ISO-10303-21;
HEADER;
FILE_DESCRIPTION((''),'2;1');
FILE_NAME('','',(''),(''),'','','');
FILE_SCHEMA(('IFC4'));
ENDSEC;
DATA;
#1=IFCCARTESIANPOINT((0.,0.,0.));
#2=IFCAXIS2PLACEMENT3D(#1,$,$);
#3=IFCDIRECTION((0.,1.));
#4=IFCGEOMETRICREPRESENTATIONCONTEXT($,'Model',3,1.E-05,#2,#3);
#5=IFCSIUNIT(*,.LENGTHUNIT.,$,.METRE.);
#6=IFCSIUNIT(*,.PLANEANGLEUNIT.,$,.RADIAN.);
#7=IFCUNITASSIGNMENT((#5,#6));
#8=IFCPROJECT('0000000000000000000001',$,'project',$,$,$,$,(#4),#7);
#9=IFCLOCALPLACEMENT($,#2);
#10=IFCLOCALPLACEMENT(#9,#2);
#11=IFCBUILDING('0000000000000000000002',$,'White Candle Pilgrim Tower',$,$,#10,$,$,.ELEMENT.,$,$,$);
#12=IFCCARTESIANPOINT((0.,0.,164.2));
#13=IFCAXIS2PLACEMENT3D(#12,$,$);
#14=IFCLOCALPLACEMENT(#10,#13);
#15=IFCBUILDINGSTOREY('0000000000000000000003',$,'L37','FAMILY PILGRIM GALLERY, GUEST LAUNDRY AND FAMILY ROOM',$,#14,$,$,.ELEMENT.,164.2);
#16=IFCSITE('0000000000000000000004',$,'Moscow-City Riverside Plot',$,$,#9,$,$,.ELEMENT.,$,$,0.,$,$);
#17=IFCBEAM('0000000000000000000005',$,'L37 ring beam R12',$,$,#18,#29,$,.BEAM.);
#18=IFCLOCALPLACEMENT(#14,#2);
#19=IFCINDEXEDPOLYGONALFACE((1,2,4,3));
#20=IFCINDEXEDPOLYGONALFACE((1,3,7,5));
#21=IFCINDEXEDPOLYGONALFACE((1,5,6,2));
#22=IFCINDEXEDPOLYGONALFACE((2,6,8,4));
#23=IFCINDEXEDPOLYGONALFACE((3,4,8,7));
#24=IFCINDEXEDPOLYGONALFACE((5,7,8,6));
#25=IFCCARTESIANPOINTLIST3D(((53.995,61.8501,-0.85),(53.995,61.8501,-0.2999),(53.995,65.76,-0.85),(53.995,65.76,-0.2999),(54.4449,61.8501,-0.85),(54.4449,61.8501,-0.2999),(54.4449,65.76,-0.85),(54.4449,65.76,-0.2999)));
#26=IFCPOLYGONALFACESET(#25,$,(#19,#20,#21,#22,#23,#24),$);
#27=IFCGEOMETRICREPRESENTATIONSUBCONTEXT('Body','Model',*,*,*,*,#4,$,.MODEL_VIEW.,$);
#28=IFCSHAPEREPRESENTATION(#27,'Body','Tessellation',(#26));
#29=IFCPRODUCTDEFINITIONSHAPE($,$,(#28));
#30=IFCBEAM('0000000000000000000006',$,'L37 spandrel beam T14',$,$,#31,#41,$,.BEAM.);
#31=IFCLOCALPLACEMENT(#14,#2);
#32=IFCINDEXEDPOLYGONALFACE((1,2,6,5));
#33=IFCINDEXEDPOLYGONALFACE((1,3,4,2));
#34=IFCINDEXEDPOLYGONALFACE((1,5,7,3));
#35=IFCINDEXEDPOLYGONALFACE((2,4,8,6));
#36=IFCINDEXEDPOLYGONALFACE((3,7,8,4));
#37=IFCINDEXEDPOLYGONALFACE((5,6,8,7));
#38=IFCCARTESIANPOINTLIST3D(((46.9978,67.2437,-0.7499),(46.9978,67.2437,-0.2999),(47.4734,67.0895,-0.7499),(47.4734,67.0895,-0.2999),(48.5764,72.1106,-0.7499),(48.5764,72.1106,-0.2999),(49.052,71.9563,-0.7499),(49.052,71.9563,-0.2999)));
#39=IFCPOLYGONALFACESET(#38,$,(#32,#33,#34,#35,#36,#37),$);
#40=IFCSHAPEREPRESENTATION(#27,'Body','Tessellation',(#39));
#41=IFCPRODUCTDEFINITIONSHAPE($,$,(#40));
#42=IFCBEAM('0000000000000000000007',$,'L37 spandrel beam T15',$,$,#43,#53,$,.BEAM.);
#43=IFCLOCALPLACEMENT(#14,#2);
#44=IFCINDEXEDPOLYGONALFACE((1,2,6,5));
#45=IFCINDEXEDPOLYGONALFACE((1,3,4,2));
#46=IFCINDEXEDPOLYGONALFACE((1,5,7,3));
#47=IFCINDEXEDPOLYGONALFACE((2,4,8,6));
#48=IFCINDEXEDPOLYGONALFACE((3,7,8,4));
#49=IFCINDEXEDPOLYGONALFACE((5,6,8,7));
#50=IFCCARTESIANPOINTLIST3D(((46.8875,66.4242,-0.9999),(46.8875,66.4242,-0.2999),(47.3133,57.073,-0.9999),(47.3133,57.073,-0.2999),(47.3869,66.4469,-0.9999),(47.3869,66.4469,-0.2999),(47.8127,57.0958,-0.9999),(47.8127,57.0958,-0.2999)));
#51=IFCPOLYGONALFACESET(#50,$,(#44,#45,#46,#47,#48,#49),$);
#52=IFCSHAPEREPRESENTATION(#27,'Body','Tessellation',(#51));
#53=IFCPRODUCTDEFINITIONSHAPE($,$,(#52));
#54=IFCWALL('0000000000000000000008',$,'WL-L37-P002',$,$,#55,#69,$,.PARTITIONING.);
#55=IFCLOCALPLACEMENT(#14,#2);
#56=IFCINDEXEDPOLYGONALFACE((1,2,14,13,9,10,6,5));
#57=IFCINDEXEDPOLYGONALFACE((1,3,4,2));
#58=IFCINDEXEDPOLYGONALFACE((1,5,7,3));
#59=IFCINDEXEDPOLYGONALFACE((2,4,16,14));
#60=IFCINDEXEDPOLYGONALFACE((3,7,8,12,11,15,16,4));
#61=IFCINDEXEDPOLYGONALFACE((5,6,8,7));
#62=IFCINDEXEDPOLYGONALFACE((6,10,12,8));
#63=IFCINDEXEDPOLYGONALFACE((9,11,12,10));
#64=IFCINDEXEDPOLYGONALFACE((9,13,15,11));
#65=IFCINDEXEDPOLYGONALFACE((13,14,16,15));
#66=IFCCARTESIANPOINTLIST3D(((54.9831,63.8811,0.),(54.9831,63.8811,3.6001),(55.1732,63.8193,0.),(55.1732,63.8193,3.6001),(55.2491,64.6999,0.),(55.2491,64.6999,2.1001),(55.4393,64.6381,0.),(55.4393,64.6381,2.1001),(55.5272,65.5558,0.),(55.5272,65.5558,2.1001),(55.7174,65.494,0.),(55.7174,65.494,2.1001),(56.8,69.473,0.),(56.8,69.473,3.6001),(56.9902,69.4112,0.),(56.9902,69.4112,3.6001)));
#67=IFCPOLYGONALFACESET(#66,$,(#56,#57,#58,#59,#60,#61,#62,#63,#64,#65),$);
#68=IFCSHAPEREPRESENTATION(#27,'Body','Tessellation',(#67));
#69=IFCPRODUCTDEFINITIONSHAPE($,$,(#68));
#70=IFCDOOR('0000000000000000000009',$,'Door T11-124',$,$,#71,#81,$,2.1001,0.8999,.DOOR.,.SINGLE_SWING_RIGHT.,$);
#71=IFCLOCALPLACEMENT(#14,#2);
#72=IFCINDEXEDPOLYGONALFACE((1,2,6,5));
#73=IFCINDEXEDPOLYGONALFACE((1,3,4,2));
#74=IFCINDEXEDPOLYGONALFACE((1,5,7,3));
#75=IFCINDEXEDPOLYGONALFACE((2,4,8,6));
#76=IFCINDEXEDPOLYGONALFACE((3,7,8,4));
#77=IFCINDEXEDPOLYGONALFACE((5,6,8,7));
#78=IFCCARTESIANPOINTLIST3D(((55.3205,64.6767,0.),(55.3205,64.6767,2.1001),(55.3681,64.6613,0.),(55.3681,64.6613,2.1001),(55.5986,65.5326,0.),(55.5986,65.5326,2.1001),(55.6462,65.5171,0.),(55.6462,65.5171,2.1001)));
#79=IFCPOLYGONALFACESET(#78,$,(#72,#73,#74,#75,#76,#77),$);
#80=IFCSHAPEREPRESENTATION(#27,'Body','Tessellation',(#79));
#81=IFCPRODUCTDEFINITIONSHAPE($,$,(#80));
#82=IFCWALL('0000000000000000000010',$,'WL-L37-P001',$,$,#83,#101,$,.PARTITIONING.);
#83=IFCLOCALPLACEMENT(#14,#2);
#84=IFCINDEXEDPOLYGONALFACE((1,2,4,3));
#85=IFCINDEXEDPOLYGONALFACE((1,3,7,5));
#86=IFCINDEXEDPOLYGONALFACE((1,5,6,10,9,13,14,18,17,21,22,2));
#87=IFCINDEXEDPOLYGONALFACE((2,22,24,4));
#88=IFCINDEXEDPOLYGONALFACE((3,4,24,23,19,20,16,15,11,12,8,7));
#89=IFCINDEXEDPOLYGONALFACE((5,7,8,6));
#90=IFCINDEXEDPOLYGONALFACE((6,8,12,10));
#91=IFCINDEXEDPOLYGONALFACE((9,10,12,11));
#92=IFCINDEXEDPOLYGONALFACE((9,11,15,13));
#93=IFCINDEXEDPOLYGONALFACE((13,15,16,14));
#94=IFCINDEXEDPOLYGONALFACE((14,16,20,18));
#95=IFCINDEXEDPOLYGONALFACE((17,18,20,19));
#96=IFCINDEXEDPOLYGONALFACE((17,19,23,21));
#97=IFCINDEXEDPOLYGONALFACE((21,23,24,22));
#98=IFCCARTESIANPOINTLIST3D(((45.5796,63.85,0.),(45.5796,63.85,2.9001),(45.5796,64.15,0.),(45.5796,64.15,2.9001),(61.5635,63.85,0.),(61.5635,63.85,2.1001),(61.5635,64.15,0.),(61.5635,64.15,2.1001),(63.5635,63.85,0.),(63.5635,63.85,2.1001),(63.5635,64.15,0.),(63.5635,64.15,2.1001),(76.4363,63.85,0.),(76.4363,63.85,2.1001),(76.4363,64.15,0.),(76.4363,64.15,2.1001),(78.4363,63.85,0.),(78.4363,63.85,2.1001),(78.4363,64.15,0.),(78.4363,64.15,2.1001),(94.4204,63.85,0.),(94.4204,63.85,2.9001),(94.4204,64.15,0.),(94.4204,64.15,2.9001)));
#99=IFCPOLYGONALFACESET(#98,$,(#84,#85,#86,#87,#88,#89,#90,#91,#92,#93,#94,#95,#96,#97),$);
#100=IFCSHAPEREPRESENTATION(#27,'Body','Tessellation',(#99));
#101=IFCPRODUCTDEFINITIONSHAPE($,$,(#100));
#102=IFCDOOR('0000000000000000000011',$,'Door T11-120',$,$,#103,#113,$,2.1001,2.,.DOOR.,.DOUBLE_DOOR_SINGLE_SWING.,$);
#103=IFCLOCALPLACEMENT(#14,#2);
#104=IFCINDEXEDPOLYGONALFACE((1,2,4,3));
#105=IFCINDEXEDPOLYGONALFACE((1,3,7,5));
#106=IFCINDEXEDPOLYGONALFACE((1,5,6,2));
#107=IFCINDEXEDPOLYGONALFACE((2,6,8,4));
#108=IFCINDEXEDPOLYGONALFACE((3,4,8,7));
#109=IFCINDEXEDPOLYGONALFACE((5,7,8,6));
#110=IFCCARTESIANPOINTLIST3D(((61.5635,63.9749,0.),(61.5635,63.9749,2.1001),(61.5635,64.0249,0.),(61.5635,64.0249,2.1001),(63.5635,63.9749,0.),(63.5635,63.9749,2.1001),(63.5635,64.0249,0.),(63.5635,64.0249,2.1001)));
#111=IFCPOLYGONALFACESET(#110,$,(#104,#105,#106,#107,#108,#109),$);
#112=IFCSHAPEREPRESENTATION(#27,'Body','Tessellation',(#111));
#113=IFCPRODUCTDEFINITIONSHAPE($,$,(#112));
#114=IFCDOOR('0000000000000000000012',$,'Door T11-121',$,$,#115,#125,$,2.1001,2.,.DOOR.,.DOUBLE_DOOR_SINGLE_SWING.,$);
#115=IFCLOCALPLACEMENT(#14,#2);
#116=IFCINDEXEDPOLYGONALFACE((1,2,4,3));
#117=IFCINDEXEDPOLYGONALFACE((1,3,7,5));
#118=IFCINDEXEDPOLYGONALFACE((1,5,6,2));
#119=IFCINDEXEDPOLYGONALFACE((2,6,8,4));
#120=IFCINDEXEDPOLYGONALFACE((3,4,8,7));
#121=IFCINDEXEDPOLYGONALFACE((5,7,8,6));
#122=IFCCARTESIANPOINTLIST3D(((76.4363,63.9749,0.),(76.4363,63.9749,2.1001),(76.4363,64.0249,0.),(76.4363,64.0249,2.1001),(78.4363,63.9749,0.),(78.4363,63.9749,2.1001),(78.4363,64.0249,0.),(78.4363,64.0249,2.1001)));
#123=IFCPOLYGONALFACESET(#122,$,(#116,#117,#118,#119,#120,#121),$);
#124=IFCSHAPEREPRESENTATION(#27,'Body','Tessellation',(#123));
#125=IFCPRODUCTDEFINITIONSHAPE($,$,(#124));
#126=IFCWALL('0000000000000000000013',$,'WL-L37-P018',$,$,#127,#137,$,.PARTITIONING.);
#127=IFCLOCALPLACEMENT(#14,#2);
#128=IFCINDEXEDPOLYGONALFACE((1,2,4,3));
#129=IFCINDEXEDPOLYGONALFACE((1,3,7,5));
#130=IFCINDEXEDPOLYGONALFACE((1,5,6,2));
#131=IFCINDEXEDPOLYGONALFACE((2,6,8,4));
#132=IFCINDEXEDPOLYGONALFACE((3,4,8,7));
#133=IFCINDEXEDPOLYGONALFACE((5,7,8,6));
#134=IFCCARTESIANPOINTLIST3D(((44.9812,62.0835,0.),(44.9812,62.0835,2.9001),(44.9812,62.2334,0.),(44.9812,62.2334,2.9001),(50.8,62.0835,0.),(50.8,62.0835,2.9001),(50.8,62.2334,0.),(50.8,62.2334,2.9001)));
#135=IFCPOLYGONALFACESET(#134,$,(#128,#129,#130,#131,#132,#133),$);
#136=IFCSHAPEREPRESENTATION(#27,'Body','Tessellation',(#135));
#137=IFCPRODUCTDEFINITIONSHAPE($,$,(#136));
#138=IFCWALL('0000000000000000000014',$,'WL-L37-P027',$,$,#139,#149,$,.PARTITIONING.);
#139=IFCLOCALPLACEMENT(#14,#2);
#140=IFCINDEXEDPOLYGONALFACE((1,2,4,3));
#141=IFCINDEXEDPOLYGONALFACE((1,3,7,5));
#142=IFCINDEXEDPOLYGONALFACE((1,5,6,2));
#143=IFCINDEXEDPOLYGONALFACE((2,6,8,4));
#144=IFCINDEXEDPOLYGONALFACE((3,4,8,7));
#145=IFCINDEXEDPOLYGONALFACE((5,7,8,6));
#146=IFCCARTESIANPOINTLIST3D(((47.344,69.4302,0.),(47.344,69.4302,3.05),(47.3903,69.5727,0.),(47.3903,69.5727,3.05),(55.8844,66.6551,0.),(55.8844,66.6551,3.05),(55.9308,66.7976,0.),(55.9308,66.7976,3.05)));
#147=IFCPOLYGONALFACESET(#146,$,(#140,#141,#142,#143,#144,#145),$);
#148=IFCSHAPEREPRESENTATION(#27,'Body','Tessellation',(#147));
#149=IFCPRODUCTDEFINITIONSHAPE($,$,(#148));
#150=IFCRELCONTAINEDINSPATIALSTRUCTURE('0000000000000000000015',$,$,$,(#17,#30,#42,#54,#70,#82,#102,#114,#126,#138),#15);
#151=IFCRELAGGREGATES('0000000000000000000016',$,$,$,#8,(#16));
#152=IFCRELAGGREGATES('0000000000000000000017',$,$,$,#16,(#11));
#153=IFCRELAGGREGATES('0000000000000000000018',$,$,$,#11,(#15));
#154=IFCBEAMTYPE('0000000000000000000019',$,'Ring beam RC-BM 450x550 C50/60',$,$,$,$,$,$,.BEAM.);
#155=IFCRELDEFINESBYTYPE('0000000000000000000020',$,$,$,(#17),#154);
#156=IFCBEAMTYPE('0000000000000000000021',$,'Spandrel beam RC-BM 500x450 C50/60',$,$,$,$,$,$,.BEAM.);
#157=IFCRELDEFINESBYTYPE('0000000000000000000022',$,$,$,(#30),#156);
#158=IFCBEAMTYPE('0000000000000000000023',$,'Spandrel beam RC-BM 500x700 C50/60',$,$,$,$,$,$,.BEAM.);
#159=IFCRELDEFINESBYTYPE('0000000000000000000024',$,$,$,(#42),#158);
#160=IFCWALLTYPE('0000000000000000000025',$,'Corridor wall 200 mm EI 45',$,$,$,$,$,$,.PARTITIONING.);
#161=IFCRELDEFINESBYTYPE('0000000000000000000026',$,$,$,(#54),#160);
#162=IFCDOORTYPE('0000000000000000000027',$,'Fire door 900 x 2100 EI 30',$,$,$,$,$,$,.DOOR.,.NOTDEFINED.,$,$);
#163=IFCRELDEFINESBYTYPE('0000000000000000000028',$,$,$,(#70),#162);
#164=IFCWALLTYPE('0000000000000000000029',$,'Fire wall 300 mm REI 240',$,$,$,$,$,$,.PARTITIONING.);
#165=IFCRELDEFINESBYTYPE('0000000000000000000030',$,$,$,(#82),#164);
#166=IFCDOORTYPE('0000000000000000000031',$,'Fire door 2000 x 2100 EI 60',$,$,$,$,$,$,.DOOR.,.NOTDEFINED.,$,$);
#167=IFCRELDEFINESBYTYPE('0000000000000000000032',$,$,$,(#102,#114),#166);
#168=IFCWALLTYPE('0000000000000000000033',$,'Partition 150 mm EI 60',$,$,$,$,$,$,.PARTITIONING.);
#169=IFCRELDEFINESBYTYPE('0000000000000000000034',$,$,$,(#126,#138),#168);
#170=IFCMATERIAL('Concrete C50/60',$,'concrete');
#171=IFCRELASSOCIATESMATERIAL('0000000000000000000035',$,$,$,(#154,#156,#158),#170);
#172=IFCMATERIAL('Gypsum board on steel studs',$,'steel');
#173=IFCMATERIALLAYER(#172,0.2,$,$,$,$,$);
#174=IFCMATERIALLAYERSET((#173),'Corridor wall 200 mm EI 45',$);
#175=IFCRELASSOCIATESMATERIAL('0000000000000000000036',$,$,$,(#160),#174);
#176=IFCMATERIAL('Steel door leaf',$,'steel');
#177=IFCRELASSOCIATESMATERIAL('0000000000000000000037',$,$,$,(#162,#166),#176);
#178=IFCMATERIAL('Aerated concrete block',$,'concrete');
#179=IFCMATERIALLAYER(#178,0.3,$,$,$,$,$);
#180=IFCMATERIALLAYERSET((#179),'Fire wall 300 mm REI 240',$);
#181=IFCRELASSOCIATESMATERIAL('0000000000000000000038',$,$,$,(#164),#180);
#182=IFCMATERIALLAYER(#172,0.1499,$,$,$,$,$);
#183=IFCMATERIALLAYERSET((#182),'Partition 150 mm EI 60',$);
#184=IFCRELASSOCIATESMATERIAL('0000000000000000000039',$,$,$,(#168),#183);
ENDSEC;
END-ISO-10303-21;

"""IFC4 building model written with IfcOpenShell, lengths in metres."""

from ifc_helpers import new_model, si_unit, direction, frame, frame_2d, origin, origin_2d, place, context, subcontext, project, spatial, rectangle, extrude, material, layer, layer_set, material_profile, profile_set, type_object, element, fill, save


model = new_model("IFC4")

# Units and contexts
model_context = context("Model", 3, precision=1e-05, world=origin(), true_north=direction((0.0, 1.0)))
body_context = subcontext(model_context, "Body", "Model", "MODEL_VIEW")
ifc_project = project(units=[si_unit("LENGTHUNIT", "METRE"), si_unit("PLANEANGLEUNIT", "RADIAN")], contexts=[model_context])

# Site, building, storey
site_placement = place(None, origin())
site = spatial("IfcSite", under=ifc_project, at=site_placement, Name="Moscow-City Riverside Plot", CompositionType="ELEMENT", RefElevation=0.0)
building_placement = place(site_placement, origin())
building = spatial("IfcBuilding", under=site, at=building_placement, Name="White Candle Pilgrim Tower", CompositionType="ELEMENT")
storey_placement = place(building_placement, frame((0.0, 0.0, 164.2)))
storey = spatial("IfcBuildingStorey", under=building, at=storey_placement, Name="L37", Description="FAMILY PILGRIM GALLERY, GUEST LAUNDRY AND FAMILY ROOM", CompositionType="ELEMENT", Elevation=164.2)

# Beams
ifc_material_1 = material(Name="Concrete C50/60", Category="concrete")
ifc_material_profile_1 = material_profile(ifc_material_1, rectangle(XDim=0.45, YDim=0.55, at=origin_2d()), Name="RC-BM 450x550")
ifc_profile_set_1 = profile_set([ifc_material_profile_1], Name="Concrete C50/60")
beam_type_1 = type_object("IfcBeamType", Name="Ring beam RC-BM 450x550 C50/60", PredefinedType="BEAM", material=ifc_profile_set_1)
beam_1_placement = place(storey_placement, frame((54.22, 65.76, -0.575), z_axis=(0.0, -1.0, 0.0), x_axis=(1.0, 0.0, 0.0)))
element("IfcBeam", 1, at=beam_1_placement, inside=storey, type_object=beam_type_1, Name="L37 ring beam R12", PredefinedType="BEAM", context=body_context, shape_type="SweptSolid", body=[
    extrude(rectangle(XDim=0.45, YDim=0.55, at=origin_2d()), origin(), (0.0, 0.0, 1.0), 3.9099),
])
ifc_material_profile_2 = material_profile(ifc_material_1, rectangle(XDim=0.5, YDim=0.45, at=origin_2d()), Name="RC-BM 500x450")
ifc_profile_set_2 = profile_set([ifc_material_profile_2], Name="Concrete C50/60")
beam_type_2 = type_object("IfcBeamType", Name="Spandrel beam RC-BM 500x450 C50/60", PredefinedType="BEAM", material=ifc_profile_set_2)
beam_2_placement = place(storey_placement, frame((48.8142, 72.0334, -0.5249), z_axis=(-0.30853, -0.951214, 0.0), x_axis=(0.951214, -0.30853, 0.0)))
element("IfcBeam", 2, at=beam_2_placement, inside=storey, type_object=beam_type_2, Name="L37 spandrel beam T14", PredefinedType="BEAM", context=body_context, shape_type="SweptSolid", body=[
    extrude(rectangle(XDim=0.5, YDim=0.45, at=origin_2d()), origin(), (0.0, 0.0, 1.0), 5.1165),
])
ifc_material_profile_3 = material_profile(ifc_material_1, rectangle(XDim=0.5, YDim=0.7, at=origin_2d()), Name="RC-BM 500x700")
ifc_profile_set_3 = profile_set([ifc_material_profile_3], Name="Concrete C50/60")
beam_type_3 = type_object("IfcBeamType", Name="Spandrel beam RC-BM 500x700 C50/60", PredefinedType="BEAM", material=ifc_profile_set_3)
beam_3_placement = place(storey_placement, frame((47.1372, 66.4355, -0.6499), z_axis=(0.045486, -0.998965, 0.0), x_axis=(0.998965, 0.045486, 0.0)))
element("IfcBeam", 3, at=beam_3_placement, inside=storey, type_object=beam_type_3, Name="L37 spandrel beam T15", PredefinedType="BEAM", context=body_context, shape_type="SweptSolid", body=[
    extrude(rectangle(XDim=0.5, YDim=0.7, at=origin_2d()), origin(), (0.0, 0.0, 1.0), 9.3608),
])

# Wall, opening, door
ifc_material_2 = material(Name="Gypsum board on steel studs", Category="steel")
ifc_layer_1 = layer(ifc_material_2, 0.2)
ifc_layer_set_1 = layer_set([ifc_layer_1], Name="Corridor wall 200 mm EI 45")
wall_type_1 = type_object("IfcWallType", Name="Corridor wall 200 mm EI 45", PredefinedType="PARTITIONING", material=ifc_layer_set_1)
wall_1_placement = place(storey_placement, frame((55.0781, 63.8501, 0.0), z_axis=(0.0, 0.0, 1.0), x_axis=(0.309018, 0.951056, 0.0)))
wall_1 = element("IfcWall", 4, at=wall_1_placement, inside=storey, type_object=wall_type_1, Name="WL-L37-P002", PredefinedType="PARTITIONING", context=body_context, shape_type="SweptSolid", body=[
    extrude(rectangle(XDim=5.8796, YDim=0.2, at=frame_2d((2.9399, 0.0))), origin(), (0.0, 0.0, 1.0), 3.6001),
])
opening_1_placement = place(wall_1_placement, frame((0.8611, 0.0, 0.0)))
opening_1 = element("IfcOpeningElement", 5, at=opening_1_placement, cuts=wall_1, PredefinedType="OPENING", context=body_context, shape_type="SweptSolid", body=[
    extrude(rectangle(XDim=0.8999, YDim=2.1001, at=frame_2d((0.45, 1.05))), frame((0.0, 0.1099, 0.0), z_axis=(0.0, -1.0, 0.0), x_axis=(1.0, 0.0, 0.0)), (0.0, 0.0, 1.0), 0.22),
])
ifc_material_3 = material(Name="Steel door leaf", Category="steel")
door_type_1 = type_object("IfcDoorType", Name="Fire door 900 x 2100 EI 30", OperationType="NOTDEFINED", PredefinedType="DOOR", material=ifc_material_3)
door_1_placement = place(opening_1_placement, origin())
door_1 = element("IfcDoor", 6, at=door_1_placement, inside=storey, type_object=door_type_1, Name="Door T11-124", OperationType="SINGLE_SWING_RIGHT", OverallHeight=2.1001, OverallWidth=0.8999, PredefinedType="DOOR", context=body_context, shape_type="SweptSolid", body=[
    extrude(rectangle(XDim=0.8999, YDim=2.1001, at=frame_2d((0.45, 1.05))), frame((0.0, 0.0249, 0.0), z_axis=(0.0, -1.0, 0.0), x_axis=(1.0, 0.0, 0.0)), (0.0, 0.0, 1.0), 0.05),
])
fill(opening_1, door_1)

# Wall, openings, doors
ifc_material_4 = material(Name="Aerated concrete block", Category="concrete")
ifc_layer_2 = layer(ifc_material_4, 0.3)
ifc_layer_set_2 = layer_set([ifc_layer_2], Name="Fire wall 300 mm REI 240")
wall_type_2 = type_object("IfcWallType", Name="Fire wall 300 mm REI 240", PredefinedType="PARTITIONING", material=ifc_layer_set_2)
wall_2_placement = place(storey_placement, frame((45.5796, 64.0, 0.0), z_axis=(0.0, 0.0, 1.0), x_axis=(1.0, 0.0, 0.0)))
wall_2 = element("IfcWall", 7, at=wall_2_placement, inside=storey, type_object=wall_type_2, Name="WL-L37-P001", PredefinedType="PARTITIONING", context=body_context, shape_type="SweptSolid", body=[
    extrude(rectangle(XDim=48.8408, YDim=0.3, at=frame_2d((24.4204, 0.0))), origin(), (0.0, 0.0, 1.0), 2.9001),
])
opening_2_placement = place(wall_2_placement, frame((15.9839, 0.0, 0.0)))
opening_2 = element("IfcOpeningElement", 8, at=opening_2_placement, cuts=wall_2, PredefinedType="OPENING", context=body_context, shape_type="SweptSolid", body=[
    extrude(rectangle(XDim=2.0, YDim=2.1001, at=frame_2d((1.0, 1.05))), frame((0.0, 0.1599, 0.0), z_axis=(0.0, -1.0, 0.0), x_axis=(1.0, 0.0, 0.0)), (0.0, 0.0, 1.0), 0.3201),
])
opening_3_placement = place(wall_2_placement, frame((30.8567, 0.0, 0.0)))
opening_3 = element("IfcOpeningElement", 9, at=opening_3_placement, cuts=wall_2, PredefinedType="OPENING", context=body_context, shape_type="SweptSolid", body=[
    extrude(rectangle(XDim=2.0, YDim=2.1001, at=frame_2d((1.0, 1.05))), frame((0.0, 0.1599, 0.0), z_axis=(0.0, -1.0, 0.0), x_axis=(1.0, 0.0, 0.0)), (0.0, 0.0, 1.0), 0.3201),
])
door_type_2 = type_object("IfcDoorType", Name="Fire door 2000 x 2100 EI 60", OperationType="NOTDEFINED", PredefinedType="DOOR", material=ifc_material_3)
door_2_placement = place(opening_2_placement, origin())
door_2 = element("IfcDoor", 10, at=door_2_placement, inside=storey, type_object=door_type_2, Name="Door T11-120", OperationType="DOUBLE_DOOR_SINGLE_SWING", OverallHeight=2.1001, OverallWidth=2.0, PredefinedType="DOOR", context=body_context, shape_type="SweptSolid", body=[
    extrude(rectangle(XDim=2.0, YDim=2.1001, at=frame_2d((1.0, 1.05))), frame((0.0, 0.0249, 0.0), z_axis=(0.0, -1.0, 0.0), x_axis=(1.0, 0.0, 0.0)), (0.0, 0.0, 1.0), 0.05),
])
fill(opening_2, door_2)
door_3_placement = place(opening_3_placement, origin())
door_3 = element("IfcDoor", 11, at=door_3_placement, inside=storey, type_object=door_type_2, Name="Door T11-121", OperationType="DOUBLE_DOOR_SINGLE_SWING", OverallHeight=2.1001, OverallWidth=2.0, PredefinedType="DOOR", context=body_context, shape_type="SweptSolid", body=[
    extrude(rectangle(XDim=2.0, YDim=2.1001, at=frame_2d((1.0, 1.05))), frame((0.0, 0.0249, 0.0), z_axis=(0.0, -1.0, 0.0), x_axis=(1.0, 0.0, 0.0)), (0.0, 0.0, 1.0), 0.05),
])
fill(opening_3, door_3)

# Walls
ifc_layer_3 = layer(ifc_material_2, 0.1499)
ifc_layer_set_3 = layer_set([ifc_layer_3], Name="Partition 150 mm EI 60")
wall_type_3 = type_object("IfcWallType", Name="Partition 150 mm EI 60", PredefinedType="PARTITIONING", material=ifc_layer_set_3)
wall_3_placement = place(storey_placement, frame((44.9812, 62.1584, 0.0), z_axis=(0.0, 0.0, 1.0), x_axis=(1.0, 0.0, 0.0)))
element("IfcWall", 12, at=wall_3_placement, inside=storey, type_object=wall_type_3, Name="WL-L37-P018", PredefinedType="PARTITIONING", context=body_context, shape_type="SweptSolid", body=[
    extrude(rectangle(XDim=5.8188, YDim=0.1499, at=frame_2d((2.9094, 0.0))), origin(), (0.0, 0.0, 1.0), 2.9001),
])
wall_4_placement = place(storey_placement, frame((47.3672, 69.5015, 0.0), z_axis=(0.0, 0.0, 1.0), x_axis=(0.951051, -0.309033, 0.0)))
element("IfcWall", 13, at=wall_4_placement, inside=storey, type_object=wall_type_3, Name="WL-L37-P027", PredefinedType="PARTITIONING", context=body_context, shape_type="SweptSolid", body=[
    extrude(rectangle(XDim=8.98, YDim=0.1499, at=frame_2d((4.49, 0.0))), origin(), (0.0, 0.0, 1.0), 3.05),
])

save(model, "model.ifc")
